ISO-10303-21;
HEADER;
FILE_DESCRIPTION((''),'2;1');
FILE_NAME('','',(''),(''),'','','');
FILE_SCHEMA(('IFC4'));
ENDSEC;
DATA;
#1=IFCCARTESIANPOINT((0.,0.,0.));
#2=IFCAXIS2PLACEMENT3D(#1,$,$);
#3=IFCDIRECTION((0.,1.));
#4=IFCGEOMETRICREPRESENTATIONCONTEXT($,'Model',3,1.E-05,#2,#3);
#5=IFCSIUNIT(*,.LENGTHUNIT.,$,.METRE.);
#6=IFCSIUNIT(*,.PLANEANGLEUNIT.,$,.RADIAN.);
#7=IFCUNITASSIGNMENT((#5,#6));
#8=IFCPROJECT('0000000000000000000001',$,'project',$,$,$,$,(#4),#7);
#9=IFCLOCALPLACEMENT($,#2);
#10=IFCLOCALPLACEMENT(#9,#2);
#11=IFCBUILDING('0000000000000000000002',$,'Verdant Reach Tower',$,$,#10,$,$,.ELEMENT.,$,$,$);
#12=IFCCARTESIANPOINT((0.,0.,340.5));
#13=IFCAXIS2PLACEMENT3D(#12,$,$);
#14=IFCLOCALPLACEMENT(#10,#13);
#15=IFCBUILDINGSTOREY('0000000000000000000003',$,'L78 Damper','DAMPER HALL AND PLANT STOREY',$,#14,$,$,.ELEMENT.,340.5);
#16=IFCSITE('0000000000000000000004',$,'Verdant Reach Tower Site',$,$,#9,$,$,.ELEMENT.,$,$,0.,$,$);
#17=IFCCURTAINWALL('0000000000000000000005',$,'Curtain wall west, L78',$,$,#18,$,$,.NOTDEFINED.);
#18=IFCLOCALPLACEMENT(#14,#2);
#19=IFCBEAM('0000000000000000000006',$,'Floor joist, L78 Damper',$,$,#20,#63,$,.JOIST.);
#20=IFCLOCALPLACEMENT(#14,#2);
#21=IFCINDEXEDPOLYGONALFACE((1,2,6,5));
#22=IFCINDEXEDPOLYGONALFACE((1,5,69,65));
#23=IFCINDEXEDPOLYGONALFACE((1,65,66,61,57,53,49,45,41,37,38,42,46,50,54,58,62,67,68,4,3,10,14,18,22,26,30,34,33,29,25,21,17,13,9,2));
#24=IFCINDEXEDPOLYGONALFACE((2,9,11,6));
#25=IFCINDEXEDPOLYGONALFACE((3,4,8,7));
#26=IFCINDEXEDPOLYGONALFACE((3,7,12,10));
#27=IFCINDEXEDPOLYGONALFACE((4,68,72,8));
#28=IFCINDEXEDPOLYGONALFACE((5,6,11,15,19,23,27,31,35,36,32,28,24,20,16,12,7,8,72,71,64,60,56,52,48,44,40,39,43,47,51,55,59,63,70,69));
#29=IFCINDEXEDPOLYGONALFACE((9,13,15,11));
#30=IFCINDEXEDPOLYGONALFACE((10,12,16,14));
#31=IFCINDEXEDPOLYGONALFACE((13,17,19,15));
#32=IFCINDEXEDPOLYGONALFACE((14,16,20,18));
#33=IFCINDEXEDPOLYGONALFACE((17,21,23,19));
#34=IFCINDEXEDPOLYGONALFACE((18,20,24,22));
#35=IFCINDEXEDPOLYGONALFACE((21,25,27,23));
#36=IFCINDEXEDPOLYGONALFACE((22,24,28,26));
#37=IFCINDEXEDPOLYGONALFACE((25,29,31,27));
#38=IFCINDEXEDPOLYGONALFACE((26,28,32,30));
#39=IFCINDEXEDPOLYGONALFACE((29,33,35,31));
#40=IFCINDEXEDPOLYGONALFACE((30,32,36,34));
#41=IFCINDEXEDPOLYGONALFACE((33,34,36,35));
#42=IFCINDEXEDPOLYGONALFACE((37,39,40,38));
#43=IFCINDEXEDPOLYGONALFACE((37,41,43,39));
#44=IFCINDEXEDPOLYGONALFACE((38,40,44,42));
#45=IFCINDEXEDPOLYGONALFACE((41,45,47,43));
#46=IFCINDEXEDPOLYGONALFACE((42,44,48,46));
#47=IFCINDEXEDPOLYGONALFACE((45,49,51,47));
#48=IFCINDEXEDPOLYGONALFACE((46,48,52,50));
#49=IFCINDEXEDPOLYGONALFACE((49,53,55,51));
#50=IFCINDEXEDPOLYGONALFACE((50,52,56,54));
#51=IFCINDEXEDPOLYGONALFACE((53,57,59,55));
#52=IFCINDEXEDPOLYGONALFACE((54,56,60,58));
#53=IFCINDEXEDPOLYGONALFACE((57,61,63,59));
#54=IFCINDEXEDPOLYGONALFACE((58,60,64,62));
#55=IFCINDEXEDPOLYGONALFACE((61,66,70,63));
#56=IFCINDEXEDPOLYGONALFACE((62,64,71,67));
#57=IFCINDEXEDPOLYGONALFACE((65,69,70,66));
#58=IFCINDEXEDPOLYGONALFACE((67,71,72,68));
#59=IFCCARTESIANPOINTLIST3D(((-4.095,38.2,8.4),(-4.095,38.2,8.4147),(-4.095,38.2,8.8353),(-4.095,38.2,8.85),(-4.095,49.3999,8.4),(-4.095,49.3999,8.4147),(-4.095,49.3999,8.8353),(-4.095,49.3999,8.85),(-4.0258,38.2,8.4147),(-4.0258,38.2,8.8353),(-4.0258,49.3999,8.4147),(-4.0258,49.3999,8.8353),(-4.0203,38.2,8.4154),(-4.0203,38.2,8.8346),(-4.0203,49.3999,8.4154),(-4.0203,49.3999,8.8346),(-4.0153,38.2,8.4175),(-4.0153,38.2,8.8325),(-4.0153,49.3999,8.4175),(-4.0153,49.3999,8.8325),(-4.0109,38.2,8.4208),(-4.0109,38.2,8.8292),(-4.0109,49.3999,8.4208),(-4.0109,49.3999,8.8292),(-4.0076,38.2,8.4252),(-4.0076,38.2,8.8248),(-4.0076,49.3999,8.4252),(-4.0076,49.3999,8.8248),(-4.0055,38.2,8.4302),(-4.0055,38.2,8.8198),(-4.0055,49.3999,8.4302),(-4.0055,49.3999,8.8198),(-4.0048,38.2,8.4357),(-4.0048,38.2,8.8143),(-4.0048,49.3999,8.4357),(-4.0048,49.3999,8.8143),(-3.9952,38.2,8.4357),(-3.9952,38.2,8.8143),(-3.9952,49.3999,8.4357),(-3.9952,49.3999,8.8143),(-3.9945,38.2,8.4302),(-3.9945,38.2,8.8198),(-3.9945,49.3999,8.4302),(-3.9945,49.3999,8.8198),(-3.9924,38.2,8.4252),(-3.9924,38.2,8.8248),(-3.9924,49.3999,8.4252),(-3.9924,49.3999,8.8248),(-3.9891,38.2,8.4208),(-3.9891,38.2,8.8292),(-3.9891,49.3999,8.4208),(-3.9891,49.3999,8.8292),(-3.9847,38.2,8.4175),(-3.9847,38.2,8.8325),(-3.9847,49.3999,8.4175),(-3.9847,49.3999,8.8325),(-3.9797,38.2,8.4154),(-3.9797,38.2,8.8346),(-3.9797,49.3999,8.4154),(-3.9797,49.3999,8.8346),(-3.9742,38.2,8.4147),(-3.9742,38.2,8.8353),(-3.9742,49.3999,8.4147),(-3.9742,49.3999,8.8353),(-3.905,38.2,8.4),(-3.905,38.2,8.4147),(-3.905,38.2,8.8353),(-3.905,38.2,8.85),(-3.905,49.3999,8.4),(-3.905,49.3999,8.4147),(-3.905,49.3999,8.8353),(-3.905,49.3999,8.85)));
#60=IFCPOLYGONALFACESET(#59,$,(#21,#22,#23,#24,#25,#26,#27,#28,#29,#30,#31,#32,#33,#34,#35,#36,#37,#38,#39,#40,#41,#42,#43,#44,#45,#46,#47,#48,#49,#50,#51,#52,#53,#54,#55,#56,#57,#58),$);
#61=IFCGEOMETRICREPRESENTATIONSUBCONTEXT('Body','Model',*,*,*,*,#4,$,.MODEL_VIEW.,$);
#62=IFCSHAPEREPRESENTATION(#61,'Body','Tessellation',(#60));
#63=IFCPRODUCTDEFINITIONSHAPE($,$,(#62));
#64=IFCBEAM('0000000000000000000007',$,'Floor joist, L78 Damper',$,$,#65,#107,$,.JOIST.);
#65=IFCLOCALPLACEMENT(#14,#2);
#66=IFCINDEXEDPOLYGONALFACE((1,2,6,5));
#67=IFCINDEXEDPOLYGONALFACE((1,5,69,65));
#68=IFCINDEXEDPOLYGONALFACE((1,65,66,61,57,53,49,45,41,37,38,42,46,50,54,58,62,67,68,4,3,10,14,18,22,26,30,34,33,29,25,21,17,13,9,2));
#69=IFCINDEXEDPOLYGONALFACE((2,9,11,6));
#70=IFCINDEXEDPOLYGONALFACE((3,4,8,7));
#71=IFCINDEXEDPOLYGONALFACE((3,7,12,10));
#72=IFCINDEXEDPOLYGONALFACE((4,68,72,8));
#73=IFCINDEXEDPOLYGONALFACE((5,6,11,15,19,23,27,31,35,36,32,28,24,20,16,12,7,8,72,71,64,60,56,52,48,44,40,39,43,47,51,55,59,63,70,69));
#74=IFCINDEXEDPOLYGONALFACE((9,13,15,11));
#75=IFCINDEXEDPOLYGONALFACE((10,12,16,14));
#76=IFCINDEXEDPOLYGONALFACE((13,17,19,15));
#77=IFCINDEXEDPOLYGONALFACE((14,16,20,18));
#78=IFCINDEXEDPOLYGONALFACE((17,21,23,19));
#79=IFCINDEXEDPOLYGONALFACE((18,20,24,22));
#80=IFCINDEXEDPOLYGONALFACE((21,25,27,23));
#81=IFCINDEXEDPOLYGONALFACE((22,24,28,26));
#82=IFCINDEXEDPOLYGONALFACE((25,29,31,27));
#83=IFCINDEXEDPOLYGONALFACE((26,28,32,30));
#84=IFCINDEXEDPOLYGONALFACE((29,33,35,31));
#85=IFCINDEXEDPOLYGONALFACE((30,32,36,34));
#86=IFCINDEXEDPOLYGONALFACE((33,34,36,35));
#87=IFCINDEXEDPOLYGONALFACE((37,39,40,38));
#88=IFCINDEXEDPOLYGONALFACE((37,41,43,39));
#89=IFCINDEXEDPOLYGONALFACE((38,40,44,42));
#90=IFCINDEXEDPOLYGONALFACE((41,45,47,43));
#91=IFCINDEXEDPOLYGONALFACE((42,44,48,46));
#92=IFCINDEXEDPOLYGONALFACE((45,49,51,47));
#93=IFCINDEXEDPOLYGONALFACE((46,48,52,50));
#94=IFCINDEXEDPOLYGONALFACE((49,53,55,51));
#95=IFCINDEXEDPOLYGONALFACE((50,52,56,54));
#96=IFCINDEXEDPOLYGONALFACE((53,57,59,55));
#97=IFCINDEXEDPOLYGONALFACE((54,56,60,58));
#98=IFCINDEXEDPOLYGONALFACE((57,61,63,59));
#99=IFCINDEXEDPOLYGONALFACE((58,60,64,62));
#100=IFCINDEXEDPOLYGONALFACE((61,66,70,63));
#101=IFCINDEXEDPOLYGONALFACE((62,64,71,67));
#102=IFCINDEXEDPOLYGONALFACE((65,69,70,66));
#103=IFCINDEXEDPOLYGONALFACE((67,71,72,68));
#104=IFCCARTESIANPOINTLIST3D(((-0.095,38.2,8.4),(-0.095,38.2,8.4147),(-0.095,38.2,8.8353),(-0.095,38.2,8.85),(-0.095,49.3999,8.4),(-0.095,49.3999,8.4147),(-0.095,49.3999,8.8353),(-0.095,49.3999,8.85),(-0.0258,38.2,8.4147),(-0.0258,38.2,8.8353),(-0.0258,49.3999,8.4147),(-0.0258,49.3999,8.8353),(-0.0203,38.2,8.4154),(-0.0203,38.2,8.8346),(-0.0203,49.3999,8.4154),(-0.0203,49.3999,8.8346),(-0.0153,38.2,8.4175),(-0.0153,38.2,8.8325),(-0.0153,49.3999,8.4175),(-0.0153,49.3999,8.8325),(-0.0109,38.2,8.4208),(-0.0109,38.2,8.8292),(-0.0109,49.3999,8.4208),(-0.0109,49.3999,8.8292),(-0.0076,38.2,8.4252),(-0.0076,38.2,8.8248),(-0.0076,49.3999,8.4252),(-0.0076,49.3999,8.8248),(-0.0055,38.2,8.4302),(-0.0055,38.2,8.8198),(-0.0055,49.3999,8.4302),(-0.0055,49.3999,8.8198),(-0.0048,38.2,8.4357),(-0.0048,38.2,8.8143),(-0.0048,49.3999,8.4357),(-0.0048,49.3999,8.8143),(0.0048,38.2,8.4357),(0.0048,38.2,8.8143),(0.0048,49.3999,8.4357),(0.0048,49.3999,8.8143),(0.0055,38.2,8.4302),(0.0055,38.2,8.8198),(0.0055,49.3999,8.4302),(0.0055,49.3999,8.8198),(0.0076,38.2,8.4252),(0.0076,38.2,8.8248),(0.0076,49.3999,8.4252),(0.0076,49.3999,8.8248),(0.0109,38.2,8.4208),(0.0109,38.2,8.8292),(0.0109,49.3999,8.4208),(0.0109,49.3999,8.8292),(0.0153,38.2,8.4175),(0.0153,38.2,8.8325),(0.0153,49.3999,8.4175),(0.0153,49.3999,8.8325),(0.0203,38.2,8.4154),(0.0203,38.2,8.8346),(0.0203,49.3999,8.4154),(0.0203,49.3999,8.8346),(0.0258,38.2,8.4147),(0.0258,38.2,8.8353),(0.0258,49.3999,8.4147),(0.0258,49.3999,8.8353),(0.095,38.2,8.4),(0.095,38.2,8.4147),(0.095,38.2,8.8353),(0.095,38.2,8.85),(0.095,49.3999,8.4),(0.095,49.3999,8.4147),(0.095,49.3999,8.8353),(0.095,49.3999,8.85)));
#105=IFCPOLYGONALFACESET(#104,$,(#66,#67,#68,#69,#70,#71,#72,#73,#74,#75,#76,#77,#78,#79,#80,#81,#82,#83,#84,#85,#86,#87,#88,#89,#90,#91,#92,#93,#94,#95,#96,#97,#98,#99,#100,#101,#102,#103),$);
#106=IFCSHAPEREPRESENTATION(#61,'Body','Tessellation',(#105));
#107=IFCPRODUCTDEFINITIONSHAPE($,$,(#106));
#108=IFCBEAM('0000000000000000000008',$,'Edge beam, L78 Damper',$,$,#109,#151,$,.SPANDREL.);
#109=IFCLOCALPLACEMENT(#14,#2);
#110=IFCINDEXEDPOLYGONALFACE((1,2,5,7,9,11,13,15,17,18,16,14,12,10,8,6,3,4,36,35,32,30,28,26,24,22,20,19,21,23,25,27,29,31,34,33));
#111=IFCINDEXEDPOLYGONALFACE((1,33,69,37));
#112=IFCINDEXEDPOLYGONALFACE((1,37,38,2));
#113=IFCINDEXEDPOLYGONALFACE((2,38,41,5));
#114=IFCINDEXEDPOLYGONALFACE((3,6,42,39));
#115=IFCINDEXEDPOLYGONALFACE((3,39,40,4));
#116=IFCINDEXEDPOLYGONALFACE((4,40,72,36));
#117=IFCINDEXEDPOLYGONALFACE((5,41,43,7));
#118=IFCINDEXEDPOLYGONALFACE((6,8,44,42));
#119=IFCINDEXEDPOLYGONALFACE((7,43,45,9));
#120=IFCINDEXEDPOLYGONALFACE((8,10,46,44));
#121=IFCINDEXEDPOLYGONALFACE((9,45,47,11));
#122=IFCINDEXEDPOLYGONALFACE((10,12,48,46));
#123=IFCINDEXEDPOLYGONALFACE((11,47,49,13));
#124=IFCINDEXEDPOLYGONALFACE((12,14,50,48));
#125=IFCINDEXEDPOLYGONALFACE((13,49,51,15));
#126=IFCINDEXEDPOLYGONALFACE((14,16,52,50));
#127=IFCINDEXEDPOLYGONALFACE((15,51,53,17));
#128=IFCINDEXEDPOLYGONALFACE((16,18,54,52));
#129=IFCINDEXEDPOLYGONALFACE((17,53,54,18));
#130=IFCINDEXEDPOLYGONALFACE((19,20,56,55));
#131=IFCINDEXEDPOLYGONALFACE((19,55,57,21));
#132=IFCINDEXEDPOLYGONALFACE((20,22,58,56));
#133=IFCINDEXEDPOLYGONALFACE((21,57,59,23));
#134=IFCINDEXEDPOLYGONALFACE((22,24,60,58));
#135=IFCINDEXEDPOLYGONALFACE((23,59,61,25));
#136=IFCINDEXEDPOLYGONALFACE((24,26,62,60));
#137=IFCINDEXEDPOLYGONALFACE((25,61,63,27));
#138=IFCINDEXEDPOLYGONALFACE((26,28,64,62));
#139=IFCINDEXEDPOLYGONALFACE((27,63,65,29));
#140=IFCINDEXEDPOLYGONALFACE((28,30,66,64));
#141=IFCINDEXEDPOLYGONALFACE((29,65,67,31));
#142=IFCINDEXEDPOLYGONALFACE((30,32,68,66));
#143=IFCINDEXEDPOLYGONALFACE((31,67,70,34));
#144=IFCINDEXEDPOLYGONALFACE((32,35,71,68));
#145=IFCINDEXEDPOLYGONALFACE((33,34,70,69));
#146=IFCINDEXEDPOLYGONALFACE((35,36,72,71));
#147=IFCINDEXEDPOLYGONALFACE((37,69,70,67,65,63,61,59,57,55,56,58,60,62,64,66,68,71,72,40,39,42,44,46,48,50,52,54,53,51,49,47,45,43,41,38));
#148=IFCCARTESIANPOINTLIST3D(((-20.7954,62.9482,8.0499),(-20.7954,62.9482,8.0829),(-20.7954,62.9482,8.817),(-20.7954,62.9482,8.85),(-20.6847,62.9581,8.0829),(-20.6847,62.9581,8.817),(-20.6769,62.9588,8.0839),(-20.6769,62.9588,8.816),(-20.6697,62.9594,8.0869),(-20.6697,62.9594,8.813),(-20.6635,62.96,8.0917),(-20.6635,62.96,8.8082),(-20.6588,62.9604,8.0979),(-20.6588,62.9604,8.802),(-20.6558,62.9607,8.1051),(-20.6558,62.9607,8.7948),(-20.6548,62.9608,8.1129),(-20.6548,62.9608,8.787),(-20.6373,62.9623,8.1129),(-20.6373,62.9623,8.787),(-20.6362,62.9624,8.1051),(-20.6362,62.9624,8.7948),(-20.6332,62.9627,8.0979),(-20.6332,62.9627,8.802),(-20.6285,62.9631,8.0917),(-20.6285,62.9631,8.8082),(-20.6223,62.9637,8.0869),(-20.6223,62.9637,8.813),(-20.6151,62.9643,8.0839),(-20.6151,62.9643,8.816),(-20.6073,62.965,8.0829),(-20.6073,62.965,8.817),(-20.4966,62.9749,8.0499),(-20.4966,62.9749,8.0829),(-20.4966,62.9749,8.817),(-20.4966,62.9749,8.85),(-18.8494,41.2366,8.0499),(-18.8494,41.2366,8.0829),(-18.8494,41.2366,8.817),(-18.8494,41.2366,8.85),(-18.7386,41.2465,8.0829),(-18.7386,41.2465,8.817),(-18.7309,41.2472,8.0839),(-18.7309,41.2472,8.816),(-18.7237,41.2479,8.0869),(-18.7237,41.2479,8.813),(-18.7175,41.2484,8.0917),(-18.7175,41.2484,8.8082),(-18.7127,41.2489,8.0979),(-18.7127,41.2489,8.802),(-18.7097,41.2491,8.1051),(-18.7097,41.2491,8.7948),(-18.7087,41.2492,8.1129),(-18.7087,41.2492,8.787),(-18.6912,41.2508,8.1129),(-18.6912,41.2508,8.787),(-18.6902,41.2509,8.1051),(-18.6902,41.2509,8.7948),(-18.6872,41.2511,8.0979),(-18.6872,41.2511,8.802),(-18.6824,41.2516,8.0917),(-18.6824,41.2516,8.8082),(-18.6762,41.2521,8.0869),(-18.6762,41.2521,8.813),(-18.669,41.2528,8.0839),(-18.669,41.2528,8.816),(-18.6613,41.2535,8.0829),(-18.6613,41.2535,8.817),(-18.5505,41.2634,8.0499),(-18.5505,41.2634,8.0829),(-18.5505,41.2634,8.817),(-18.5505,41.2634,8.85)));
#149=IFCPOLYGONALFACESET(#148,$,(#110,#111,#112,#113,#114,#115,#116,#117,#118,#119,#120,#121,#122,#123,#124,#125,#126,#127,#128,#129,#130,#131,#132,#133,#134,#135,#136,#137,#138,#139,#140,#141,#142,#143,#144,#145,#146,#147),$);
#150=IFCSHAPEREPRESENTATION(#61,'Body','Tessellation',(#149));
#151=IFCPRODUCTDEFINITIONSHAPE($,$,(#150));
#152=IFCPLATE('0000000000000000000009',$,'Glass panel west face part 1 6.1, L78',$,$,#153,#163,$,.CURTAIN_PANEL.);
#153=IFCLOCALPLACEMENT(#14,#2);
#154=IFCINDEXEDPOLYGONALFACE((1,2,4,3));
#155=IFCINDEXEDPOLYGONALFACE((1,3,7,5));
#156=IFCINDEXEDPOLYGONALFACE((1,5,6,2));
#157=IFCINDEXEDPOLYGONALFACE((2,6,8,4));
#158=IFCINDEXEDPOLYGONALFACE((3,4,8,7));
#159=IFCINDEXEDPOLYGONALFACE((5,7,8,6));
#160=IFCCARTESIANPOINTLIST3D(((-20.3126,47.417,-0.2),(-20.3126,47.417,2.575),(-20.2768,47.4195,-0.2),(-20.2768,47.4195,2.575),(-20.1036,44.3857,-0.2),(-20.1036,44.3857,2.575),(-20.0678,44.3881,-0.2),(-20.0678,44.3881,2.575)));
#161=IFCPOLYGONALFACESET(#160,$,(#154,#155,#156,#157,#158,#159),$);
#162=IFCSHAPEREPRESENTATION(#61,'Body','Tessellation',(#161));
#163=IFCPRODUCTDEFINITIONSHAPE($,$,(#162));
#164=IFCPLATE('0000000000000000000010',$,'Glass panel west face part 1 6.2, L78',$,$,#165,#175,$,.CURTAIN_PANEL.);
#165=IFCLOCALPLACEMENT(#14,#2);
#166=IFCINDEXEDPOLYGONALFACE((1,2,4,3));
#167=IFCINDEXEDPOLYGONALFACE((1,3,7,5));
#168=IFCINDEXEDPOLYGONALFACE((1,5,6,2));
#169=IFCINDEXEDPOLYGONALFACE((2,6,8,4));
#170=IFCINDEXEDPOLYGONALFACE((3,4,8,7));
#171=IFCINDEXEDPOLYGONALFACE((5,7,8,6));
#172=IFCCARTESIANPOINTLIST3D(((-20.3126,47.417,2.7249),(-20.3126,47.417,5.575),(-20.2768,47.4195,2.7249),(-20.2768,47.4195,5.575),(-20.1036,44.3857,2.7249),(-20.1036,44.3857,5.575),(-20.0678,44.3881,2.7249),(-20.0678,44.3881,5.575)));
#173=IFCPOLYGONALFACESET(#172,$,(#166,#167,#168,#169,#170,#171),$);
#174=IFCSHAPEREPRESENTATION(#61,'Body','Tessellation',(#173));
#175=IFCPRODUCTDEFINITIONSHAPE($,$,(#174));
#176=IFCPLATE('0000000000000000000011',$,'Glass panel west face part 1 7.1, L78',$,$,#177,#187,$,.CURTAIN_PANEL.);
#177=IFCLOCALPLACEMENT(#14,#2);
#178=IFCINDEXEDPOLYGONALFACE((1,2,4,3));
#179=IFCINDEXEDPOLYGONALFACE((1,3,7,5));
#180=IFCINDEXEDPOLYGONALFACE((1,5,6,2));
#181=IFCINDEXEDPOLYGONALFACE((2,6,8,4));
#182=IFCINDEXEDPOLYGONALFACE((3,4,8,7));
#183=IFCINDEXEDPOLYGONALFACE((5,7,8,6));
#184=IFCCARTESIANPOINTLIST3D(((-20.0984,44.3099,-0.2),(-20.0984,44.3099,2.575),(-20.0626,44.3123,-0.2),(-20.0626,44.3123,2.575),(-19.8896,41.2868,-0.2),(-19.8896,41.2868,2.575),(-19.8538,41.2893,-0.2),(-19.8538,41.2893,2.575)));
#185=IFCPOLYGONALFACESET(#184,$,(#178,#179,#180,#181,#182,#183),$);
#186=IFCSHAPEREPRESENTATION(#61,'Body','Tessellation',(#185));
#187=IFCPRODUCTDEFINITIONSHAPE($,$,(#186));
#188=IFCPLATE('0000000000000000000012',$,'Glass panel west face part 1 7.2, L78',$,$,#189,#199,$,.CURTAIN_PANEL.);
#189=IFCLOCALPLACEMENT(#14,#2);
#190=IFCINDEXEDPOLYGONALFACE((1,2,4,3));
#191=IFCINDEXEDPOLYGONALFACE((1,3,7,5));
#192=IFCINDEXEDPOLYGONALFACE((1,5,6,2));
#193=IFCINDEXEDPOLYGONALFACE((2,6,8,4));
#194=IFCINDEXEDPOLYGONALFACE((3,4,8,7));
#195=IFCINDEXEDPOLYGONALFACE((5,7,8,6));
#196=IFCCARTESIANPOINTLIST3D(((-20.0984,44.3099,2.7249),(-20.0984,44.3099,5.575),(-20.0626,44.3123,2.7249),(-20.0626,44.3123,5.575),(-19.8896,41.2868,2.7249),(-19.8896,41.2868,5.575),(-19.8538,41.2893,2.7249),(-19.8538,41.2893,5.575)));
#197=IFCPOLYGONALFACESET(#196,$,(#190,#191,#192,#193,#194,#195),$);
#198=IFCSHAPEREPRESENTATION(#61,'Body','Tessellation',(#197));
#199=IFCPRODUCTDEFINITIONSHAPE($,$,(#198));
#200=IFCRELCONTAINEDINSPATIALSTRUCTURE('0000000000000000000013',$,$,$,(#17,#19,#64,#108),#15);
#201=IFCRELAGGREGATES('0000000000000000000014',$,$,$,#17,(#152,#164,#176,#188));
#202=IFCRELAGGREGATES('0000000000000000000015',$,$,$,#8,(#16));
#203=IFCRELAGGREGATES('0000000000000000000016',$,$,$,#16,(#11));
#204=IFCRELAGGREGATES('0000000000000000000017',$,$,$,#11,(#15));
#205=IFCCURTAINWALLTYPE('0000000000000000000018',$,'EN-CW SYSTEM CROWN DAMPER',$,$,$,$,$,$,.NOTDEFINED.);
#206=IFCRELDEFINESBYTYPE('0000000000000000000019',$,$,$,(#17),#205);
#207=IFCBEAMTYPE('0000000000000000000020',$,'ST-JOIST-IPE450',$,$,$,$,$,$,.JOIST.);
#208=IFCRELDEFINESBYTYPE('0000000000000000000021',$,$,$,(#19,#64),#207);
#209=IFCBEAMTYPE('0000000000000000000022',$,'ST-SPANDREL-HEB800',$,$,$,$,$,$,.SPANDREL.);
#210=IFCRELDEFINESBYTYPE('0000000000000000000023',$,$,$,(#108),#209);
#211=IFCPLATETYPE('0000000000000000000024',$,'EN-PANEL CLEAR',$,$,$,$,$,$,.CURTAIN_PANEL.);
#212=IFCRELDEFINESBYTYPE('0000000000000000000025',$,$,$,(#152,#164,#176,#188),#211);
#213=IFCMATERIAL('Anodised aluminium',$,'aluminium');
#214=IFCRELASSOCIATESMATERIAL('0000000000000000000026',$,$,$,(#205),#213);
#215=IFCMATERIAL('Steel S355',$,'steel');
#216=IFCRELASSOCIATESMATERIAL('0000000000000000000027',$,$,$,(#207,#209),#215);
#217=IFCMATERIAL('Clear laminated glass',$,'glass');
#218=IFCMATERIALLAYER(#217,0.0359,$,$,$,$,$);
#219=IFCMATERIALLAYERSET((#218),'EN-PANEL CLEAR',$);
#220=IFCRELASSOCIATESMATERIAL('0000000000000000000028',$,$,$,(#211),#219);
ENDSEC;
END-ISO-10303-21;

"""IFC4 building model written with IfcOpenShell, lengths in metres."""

from ifc_helpers import new_model, si_unit, direction, frame, origin, origin_2d, place, context, subcontext, project, spatial, rectangle, i_section, extrude, material, layer, layer_set, material_profile, profile_set, type_object, element, aggregate, save


model = new_model("IFC4")

# Units and contexts
model_context = context("Model", 3, precision=1e-05, world=origin(), true_north=direction((0.0, 1.0)))
body_context = subcontext(model_context, "Body", "Model", "MODEL_VIEW")
ifc_project = project(units=[si_unit("LENGTHUNIT", "METRE"), si_unit("PLANEANGLEUNIT", "RADIAN")], contexts=[model_context])

# Site, building, storey
site_placement = place(None, origin())
site = spatial("IfcSite", under=ifc_project, at=site_placement, Name="Verdant Reach Tower Site", CompositionType="ELEMENT", RefElevation=0.0)
building_placement = place(site_placement, origin())
building = spatial("IfcBuilding", under=site, at=building_placement, Name="Verdant Reach Tower", CompositionType="ELEMENT")
storey_placement = place(building_placement, frame((0.0, 0.0, 340.5)))
storey = spatial("IfcBuildingStorey", under=building, at=storey_placement, Name="L78 Damper", Description="DAMPER HALL AND PLANT STOREY", CompositionType="ELEMENT", Elevation=340.5)

# Curtain wall
ifc_material_1 = material(Name="Anodised aluminium", Category="aluminium")
curtain_wall_type = type_object("IfcCurtainWallType", Name="EN-CW SYSTEM CROWN DAMPER", PredefinedType="NOTDEFINED", material=ifc_material_1)
curtain_wall_placement = place(storey_placement, origin())
curtain_wall = element("IfcCurtainWall", 1, at=curtain_wall_placement, inside=storey, type_object=curtain_wall_type, Name="Curtain wall west, L78", PredefinedType="NOTDEFINED")

# Beams
ifc_material_2 = material(Name="Steel S355", Category="steel")
ifc_material_profile_1 = material_profile(ifc_material_2, i_section(OverallWidth=0.1899, OverallDepth=0.45, WebThickness=0.0095, FlangeThickness=0.0146, FilletRadius=0.021, at=origin_2d()), Name="IPE 450")
ifc_profile_set_1 = profile_set([ifc_material_profile_1], Name="Steel S355")
beam_type_1 = type_object("IfcBeamType", Name="ST-JOIST-IPE450", PredefinedType="JOIST", material=ifc_profile_set_1)
for number, where, z_axis, x_axis, name in (
    (2, (-4.0, 38.2, 8.625), (0.0, 1.0, 0.0), (-1.0, 0.0, 0.0), "Floor joist, L78 Damper"),
    (3, (0.0, 38.2, 8.625), (0.0, 1.0, 0.0), (-1.0, 0.0, 0.0), "Floor joist, L78 Damper"),
):
    element("IfcBeam", number, at=place(storey_placement, frame(where, z_axis=z_axis, x_axis=x_axis)), inside=storey, type_object=beam_type_1, Name=name, PredefinedType="JOIST", context=body_context, shape_type="SweptSolid", body=[
        extrude(i_section(OverallWidth=0.1899, OverallDepth=0.45, WebThickness=0.0095, FlangeThickness=0.0146, FilletRadius=0.021, at=origin_2d()), origin(), (0.0, 0.0, 1.0), 11.2),
    ])
ifc_material_profile_2 = material_profile(ifc_material_2, i_section(OverallWidth=0.3, OverallDepth=0.8, WebThickness=0.0176, FlangeThickness=0.033, FilletRadius=0.03, at=origin_2d()), Name="HEB 800")
ifc_profile_set_2 = profile_set([ifc_material_profile_2], Name="Steel S355")
beam_type_2 = type_object("IfcBeamType", Name="ST-SPANDREL-HEB800", PredefinedType="SPANDREL", material=ifc_profile_set_2)
beam_1_placement = place(storey_placement, frame((-18.7, 41.25, 8.45), z_axis=(-0.089274, 0.996007, 0.0), x_axis=(-0.996007, -0.089274, 0.0)))
element("IfcBeam", 4, at=beam_1_placement, inside=storey, type_object=beam_type_2, Name="Edge beam, L78 Damper", PredefinedType="SPANDREL", context=body_context, shape_type="SweptSolid", body=[
    extrude(i_section(OverallWidth=0.3, OverallDepth=0.8, WebThickness=0.0176, FlangeThickness=0.033, FilletRadius=0.03, at=origin_2d()), origin(), (0.0, 0.0, 1.0), 21.7986),
])

# Plates
ifc_material_3 = material(Name="Clear laminated glass", Category="glass")
ifc_layer_1 = layer(ifc_material_3, 0.0359)
ifc_layer_set_1 = layer_set([ifc_layer_1], Name="EN-PANEL CLEAR")
plate_type = type_object("IfcPlateType", Name="EN-PANEL CLEAR", PredefinedType="CURTAIN_PANEL", material=ifc_layer_set_1)
plate_1_placement = place(storey_placement, frame((-20.1902, 45.9026, -0.2), z_axis=(0.0, 0.0, 1.0), x_axis=(0.068802, -0.99763, 0.0)))
plate_1 = element("IfcPlate", 5, at=plate_1_placement, type_object=plate_type, Name="Glass panel west face part 1 6.1, L78", PredefinedType="CURTAIN_PANEL", context=body_context, shape_type="SweptSolid", body=[
    extrude(rectangle(XDim=3.0386, YDim=0.0359, at=origin_2d()), origin(), (0.0, 0.0, 1.0), 2.7749),
])
plate_2_placement = place(storey_placement, frame((-20.1902, 45.9026, 2.7249), z_axis=(0.0, 0.0, 1.0), x_axis=(0.068802, -0.99763, 0.0)))
plate_2 = element("IfcPlate", 6, at=plate_2_placement, type_object=plate_type, Name="Glass panel west face part 1 6.2, L78", PredefinedType="CURTAIN_PANEL", context=body_context, shape_type="SweptSolid", body=[
    extrude(rectangle(XDim=3.0386, YDim=0.0359, at=origin_2d()), origin(), (0.0, 0.0, 1.0), 2.8501),
])
plate_3_placement = place(storey_placement, frame((-19.9761, 42.7996, -0.2), z_axis=(0.0, 0.0, 1.0), x_axis=(0.068893, -0.997624, 0.0)))
plate_3 = element("IfcPlate", 7, at=plate_3_placement, type_object=plate_type, Name="Glass panel west face part 1 7.1, L78", PredefinedType="CURTAIN_PANEL", context=body_context, shape_type="SweptSolid", body=[
    extrude(rectangle(XDim=3.0303, YDim=0.0359, at=origin_2d()), origin(), (0.0, 0.0, 1.0), 2.7749),
])
plate_4_placement = place(storey_placement, frame((-19.9761, 42.7996, 2.7249), z_axis=(0.0, 0.0, 1.0), x_axis=(0.068893, -0.997624, 0.0)))
plate_4 = element("IfcPlate", 8, at=plate_4_placement, type_object=plate_type, Name="Glass panel west face part 1 7.2, L78", PredefinedType="CURTAIN_PANEL", context=body_context, shape_type="SweptSolid", body=[
    extrude(rectangle(XDim=3.0303, YDim=0.0359, at=origin_2d()), origin(), (0.0, 0.0, 1.0), 2.8501),
])
aggregate(curtain_wall, [plate_1, plate_2, plate_3, plate_4])

save(model, "model.ifc")
